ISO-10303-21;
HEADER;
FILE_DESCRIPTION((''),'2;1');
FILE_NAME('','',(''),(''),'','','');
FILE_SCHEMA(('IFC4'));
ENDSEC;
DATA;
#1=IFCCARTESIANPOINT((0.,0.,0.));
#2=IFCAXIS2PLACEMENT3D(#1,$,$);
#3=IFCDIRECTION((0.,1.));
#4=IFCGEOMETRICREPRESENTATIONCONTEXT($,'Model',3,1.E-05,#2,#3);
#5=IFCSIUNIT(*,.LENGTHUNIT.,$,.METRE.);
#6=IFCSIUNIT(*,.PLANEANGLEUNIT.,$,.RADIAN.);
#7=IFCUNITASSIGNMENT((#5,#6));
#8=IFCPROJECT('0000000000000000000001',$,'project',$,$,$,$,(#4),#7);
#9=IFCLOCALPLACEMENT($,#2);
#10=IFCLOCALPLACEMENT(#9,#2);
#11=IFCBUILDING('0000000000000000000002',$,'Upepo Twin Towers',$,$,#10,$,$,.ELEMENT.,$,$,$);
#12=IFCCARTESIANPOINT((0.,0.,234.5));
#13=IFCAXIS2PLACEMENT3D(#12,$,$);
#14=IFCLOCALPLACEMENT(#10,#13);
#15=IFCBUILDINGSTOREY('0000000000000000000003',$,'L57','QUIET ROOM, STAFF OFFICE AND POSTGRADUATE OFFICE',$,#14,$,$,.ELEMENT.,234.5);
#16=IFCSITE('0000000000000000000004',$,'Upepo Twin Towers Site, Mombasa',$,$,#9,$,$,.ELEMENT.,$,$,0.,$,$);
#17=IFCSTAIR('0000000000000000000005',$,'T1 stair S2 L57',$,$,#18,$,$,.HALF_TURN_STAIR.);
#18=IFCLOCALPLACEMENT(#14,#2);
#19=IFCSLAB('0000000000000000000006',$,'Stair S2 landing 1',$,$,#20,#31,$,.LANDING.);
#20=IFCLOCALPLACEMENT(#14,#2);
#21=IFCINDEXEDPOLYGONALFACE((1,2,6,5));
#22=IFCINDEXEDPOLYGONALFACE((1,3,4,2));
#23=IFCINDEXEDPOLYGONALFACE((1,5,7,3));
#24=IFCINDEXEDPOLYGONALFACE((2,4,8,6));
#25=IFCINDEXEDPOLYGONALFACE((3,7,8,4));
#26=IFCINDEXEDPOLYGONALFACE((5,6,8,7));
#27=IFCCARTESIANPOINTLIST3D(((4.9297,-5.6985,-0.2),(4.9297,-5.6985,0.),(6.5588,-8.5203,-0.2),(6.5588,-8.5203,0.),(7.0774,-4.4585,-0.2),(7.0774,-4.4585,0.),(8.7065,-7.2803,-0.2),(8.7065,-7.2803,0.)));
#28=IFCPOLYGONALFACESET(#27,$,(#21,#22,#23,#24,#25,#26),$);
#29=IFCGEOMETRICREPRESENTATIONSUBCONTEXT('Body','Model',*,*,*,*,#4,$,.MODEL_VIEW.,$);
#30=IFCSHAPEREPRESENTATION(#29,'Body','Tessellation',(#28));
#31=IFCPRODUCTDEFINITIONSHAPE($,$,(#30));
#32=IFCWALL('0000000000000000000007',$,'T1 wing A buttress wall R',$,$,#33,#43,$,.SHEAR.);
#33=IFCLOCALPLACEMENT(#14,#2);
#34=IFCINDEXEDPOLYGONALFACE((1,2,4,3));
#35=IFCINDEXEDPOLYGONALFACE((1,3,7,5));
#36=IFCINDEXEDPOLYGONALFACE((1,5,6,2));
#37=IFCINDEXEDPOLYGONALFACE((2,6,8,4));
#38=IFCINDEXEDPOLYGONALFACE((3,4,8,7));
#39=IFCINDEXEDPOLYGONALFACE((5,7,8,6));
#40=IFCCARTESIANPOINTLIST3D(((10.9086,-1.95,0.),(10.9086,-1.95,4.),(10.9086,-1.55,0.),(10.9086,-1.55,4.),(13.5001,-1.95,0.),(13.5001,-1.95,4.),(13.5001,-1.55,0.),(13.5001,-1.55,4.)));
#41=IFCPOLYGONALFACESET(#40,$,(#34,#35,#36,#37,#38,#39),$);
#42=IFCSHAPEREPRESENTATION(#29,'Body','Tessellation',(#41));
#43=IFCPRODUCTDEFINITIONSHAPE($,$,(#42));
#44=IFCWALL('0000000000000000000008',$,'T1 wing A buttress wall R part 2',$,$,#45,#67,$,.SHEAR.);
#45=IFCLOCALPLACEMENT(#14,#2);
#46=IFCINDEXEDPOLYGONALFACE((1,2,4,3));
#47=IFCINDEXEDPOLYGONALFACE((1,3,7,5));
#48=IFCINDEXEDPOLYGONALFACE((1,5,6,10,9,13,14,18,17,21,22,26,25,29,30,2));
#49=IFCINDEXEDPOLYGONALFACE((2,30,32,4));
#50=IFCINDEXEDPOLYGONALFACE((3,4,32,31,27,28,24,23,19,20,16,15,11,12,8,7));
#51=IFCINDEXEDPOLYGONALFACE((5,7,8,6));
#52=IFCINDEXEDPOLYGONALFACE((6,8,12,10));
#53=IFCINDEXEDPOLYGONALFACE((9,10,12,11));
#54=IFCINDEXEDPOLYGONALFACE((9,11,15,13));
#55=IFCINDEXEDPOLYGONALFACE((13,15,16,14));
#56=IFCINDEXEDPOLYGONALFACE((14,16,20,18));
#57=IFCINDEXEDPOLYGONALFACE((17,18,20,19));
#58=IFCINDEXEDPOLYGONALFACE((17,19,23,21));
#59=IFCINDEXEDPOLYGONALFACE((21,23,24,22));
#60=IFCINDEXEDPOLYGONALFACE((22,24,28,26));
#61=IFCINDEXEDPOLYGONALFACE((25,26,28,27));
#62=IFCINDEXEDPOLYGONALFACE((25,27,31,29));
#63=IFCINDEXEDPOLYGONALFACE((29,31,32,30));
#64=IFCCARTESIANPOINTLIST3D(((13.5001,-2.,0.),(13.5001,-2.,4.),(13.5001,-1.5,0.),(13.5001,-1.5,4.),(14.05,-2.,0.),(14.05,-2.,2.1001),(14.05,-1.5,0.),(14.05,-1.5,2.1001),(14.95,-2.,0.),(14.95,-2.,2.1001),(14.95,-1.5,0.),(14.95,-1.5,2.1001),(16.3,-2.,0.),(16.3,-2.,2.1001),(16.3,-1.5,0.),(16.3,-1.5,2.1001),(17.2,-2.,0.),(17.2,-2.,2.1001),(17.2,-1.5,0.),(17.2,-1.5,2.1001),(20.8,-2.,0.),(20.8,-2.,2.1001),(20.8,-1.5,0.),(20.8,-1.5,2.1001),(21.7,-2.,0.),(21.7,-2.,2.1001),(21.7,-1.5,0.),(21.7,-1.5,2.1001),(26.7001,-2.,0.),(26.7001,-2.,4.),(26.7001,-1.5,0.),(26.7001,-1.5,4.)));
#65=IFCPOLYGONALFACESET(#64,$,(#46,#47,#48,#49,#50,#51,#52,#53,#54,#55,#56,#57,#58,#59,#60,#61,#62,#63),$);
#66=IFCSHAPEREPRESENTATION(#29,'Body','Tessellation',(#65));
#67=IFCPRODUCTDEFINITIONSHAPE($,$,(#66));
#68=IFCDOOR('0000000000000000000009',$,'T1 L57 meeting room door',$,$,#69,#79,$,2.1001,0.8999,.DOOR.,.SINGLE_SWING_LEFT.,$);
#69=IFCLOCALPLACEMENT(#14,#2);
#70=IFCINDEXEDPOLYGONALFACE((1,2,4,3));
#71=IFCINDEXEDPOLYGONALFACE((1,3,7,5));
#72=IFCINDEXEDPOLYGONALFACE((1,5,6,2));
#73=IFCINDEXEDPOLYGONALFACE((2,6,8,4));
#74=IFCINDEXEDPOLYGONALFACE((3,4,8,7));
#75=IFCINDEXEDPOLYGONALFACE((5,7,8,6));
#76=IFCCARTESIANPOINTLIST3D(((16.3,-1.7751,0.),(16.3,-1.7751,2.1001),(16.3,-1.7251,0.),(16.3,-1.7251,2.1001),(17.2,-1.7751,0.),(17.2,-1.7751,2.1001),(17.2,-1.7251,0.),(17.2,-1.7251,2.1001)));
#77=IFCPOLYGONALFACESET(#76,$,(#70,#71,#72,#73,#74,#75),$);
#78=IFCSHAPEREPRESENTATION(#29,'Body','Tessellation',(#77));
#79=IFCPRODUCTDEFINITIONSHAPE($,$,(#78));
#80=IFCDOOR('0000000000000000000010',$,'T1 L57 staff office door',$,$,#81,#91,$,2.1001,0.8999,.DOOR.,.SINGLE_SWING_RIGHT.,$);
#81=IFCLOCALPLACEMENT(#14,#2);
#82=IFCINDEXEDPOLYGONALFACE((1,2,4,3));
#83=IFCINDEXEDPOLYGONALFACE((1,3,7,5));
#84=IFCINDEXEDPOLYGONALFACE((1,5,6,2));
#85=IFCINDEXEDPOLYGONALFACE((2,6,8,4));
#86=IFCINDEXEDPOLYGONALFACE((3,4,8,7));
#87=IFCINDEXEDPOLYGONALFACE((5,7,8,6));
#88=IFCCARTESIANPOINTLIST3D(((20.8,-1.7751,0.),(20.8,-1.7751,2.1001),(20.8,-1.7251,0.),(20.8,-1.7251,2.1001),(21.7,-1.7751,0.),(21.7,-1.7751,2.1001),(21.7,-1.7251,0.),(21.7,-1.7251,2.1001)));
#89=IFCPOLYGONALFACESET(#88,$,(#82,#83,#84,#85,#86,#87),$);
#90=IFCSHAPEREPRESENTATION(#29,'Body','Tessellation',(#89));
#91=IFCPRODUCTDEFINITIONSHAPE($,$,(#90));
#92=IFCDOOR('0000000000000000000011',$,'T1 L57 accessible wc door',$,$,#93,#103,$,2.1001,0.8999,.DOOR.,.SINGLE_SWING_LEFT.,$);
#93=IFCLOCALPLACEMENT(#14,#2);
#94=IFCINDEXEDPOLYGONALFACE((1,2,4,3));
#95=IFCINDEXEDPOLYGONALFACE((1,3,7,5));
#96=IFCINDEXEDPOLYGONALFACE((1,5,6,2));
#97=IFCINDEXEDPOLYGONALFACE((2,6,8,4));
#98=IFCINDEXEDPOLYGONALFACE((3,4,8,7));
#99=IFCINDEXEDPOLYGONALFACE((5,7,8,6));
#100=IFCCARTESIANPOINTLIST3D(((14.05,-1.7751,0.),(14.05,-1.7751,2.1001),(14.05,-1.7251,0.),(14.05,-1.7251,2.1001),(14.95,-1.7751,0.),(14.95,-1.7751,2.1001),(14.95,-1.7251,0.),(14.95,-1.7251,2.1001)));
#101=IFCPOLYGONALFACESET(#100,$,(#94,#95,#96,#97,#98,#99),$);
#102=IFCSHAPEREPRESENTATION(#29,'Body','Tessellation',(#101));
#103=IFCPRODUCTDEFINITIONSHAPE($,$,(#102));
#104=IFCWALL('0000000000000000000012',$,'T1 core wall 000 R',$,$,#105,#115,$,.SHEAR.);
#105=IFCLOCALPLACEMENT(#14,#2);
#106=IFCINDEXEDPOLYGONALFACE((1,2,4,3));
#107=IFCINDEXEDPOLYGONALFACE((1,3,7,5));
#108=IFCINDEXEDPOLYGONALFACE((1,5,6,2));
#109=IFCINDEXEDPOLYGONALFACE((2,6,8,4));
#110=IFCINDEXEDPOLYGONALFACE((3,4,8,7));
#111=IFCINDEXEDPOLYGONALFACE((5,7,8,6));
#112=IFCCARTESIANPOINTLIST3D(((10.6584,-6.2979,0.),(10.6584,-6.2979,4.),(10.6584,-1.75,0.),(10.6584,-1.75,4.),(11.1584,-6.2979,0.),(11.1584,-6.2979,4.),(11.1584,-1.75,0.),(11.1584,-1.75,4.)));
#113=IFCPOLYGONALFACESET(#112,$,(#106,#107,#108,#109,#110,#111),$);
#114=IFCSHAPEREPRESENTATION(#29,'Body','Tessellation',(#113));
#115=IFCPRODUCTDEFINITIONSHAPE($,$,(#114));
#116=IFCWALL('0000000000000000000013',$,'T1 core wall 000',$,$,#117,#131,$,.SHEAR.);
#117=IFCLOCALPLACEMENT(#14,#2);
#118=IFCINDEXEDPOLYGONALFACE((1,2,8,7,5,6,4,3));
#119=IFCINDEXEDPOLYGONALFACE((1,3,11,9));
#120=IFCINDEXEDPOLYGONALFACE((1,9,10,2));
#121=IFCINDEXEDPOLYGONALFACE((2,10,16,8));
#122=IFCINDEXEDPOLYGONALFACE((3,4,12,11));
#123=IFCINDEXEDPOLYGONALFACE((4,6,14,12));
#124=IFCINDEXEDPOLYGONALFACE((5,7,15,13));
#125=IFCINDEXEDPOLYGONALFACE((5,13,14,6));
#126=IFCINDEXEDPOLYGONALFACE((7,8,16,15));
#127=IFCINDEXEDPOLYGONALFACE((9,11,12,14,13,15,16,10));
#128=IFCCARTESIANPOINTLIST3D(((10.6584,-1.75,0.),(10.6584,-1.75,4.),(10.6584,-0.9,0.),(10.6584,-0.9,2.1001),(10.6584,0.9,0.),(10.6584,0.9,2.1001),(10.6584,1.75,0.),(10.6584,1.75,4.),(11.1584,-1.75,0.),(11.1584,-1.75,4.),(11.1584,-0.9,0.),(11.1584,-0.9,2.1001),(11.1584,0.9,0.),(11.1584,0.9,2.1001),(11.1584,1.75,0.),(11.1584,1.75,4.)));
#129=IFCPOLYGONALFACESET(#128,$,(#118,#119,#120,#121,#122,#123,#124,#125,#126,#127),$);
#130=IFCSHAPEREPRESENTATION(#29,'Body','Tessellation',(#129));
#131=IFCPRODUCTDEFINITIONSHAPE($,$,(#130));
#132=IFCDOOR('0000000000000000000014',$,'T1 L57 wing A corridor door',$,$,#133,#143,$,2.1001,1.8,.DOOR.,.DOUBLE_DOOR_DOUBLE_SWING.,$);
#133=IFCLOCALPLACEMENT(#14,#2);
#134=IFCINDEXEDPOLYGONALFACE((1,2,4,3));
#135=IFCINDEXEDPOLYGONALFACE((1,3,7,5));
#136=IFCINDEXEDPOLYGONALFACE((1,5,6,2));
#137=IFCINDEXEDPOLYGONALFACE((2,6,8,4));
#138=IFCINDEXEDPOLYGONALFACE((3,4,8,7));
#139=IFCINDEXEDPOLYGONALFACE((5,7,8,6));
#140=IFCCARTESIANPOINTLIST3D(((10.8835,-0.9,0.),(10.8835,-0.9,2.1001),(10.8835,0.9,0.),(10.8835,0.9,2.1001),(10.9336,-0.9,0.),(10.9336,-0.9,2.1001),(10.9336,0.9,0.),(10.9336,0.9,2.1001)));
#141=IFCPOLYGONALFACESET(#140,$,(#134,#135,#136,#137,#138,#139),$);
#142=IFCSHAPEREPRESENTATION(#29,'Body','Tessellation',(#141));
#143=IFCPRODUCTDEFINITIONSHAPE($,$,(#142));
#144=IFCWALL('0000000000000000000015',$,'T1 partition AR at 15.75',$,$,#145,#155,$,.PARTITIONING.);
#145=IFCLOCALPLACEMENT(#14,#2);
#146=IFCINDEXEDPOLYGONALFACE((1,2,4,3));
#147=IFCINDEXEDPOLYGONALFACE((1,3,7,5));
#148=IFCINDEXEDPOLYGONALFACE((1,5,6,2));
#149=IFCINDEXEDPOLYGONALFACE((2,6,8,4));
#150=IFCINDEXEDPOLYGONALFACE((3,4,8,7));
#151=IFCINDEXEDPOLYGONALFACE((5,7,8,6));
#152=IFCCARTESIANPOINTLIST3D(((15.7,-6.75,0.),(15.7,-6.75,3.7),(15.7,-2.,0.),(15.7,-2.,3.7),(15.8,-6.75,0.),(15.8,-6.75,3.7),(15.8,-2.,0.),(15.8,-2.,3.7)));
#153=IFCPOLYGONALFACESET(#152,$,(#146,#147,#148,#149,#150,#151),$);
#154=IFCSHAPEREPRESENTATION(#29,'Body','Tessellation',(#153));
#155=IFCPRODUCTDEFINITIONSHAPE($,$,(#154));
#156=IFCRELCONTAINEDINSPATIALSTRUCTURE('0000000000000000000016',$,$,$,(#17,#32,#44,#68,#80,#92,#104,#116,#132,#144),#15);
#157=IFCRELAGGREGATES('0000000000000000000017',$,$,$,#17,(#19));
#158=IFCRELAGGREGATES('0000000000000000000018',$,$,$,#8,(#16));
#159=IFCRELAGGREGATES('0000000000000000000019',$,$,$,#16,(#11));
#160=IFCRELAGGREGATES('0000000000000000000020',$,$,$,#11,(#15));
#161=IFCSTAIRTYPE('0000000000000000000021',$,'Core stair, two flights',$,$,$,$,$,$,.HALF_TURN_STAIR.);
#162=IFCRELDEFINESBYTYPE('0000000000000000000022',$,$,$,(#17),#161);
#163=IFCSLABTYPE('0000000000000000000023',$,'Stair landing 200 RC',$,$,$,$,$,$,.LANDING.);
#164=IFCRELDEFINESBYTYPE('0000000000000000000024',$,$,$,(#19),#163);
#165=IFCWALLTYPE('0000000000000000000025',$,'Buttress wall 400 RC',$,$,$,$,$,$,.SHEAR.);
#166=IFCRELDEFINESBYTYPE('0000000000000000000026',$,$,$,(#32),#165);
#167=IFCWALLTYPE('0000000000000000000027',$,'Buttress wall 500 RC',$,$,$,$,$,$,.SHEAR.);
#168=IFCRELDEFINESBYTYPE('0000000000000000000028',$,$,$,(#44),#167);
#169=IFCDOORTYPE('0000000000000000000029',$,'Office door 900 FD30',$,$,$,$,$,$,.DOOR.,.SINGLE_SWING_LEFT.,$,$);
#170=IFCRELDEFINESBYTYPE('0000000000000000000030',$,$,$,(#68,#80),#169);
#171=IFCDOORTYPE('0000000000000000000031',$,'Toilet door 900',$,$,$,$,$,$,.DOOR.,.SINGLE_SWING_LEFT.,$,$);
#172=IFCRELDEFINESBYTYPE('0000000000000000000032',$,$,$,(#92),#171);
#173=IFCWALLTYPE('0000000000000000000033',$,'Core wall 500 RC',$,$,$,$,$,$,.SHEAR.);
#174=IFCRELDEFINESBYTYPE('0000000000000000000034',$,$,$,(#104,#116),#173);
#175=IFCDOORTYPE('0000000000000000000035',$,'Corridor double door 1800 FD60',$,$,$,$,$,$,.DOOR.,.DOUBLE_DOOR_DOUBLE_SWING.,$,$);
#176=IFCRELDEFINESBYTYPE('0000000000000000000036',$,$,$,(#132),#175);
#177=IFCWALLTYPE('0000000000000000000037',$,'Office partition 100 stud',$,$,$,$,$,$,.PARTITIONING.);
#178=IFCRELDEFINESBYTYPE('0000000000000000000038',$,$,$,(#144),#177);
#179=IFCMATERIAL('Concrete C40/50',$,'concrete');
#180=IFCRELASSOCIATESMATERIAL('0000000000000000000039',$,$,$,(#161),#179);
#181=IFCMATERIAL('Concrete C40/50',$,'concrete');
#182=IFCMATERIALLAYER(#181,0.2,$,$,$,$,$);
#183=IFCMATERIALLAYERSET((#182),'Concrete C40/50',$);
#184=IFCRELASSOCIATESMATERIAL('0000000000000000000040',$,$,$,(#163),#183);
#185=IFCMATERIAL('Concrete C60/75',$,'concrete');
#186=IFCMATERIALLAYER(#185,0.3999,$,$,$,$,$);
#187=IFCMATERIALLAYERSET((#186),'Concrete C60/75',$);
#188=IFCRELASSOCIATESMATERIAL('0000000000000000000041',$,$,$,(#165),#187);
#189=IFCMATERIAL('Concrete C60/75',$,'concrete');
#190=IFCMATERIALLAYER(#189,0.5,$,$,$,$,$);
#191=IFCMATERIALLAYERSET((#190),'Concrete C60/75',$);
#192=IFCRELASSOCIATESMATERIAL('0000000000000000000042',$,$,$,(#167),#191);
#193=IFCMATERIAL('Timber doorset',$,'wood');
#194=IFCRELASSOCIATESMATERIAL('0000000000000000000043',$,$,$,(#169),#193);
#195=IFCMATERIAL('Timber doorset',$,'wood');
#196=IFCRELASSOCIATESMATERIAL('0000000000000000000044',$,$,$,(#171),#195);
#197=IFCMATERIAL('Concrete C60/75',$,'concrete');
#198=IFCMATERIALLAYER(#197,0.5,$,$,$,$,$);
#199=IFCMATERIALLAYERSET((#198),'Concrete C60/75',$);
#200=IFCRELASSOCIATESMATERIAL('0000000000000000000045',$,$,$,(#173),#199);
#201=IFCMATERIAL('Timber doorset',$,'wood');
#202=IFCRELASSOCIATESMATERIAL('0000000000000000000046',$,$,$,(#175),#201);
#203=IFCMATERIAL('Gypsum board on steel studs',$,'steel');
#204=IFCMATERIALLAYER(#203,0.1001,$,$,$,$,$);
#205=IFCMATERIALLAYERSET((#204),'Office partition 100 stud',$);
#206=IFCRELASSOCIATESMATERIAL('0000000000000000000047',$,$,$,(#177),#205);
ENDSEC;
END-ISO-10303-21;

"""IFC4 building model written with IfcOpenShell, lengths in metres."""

from ifc_helpers import new_model, si_unit, direction, frame, frame_2d, origin, place, context, subcontext, project, spatial, polyline, rectangle, outline, extrude, material, layer, layer_set, type_object, element, fill, aggregate, save


model = new_model("IFC4")

# Units and contexts
model_context = context("Model", 3, precision=1e-05, world=origin(), true_north=direction((0.0, 1.0)))
body_context = subcontext(model_context, "Body", "Model", "MODEL_VIEW")
ifc_project = project(units=[si_unit("LENGTHUNIT", "METRE"), si_unit("PLANEANGLEUNIT", "RADIAN")], contexts=[model_context])

# Site, building, storey
site_placement = place(None, origin())
site = spatial("IfcSite", under=ifc_project, at=site_placement, Name="Upepo Twin Towers Site, Mombasa", CompositionType="ELEMENT", RefElevation=0.0)
building_placement = place(site_placement, origin())
building = spatial("IfcBuilding", under=site, at=building_placement, Name="Upepo Twin Towers", CompositionType="ELEMENT")
storey_placement = place(building_placement, frame((0.0, 0.0, 234.5)))
storey = spatial("IfcBuildingStorey", under=building, at=storey_placement, Name="L57", Description="QUIET ROOM, STAFF OFFICE AND POSTGRADUATE OFFICE", CompositionType="ELEMENT", Elevation=234.5)

# Stair, slab
ifc_material_1 = material(Name="Concrete C40/50", Category="concrete")
stair_type = type_object("IfcStairType", Name="Core stair, two flights", PredefinedType="HALF_TURN_STAIR", material=ifc_material_1)
ifc_material_2 = material(Name="Concrete C40/50", Category="concrete")
ifc_layer_1 = layer(ifc_material_2, 0.2)
ifc_layer_set_1 = layer_set([ifc_layer_1], Name="Concrete C40/50")
slab_type = type_object("IfcSlabType", Name="Stair landing 200 RC", PredefinedType="LANDING", material=ifc_layer_set_1)
stair_1_placement = place(storey_placement, origin())
stair_1 = element("IfcStair", 1, at=stair_1_placement, inside=storey, type_object=stair_type, Name="T1 stair S2 L57", PredefinedType="HALF_TURN_STAIR")
slab_1_placement = place(storey_placement, frame((0.0, 0.0, -0.2)))
slab_1 = element("IfcSlab", 2, at=slab_1_placement, type_object=slab_type, Name="Stair S2 landing 1", PredefinedType="LANDING", context=body_context, shape_type="SweptSolid", body=[
    extrude(outline(polyline([(4.9297, -5.6985), (6.5588, -8.5203), (8.7065, -7.2803), (7.0774, -4.4585), (4.9297, -5.6985)])), origin(), (0.0, 0.0, 1.0), 0.2),
])

# Wall
ifc_material_3 = material(Name="Concrete C60/75", Category="concrete")
ifc_layer_2 = layer(ifc_material_3, 0.3999)
ifc_layer_set_2 = layer_set([ifc_layer_2], Name="Concrete C60/75")
wall_type_1 = type_object("IfcWallType", Name="Buttress wall 400 RC", PredefinedType="SHEAR", material=ifc_layer_set_2)
wall_1_placement = place(storey_placement, frame((10.9084, -1.75, 0.0), z_axis=(0.0, 0.0, 1.0), x_axis=(1.0, 0.0, 0.0)))
element("IfcWall", 3, at=wall_1_placement, inside=storey, type_object=wall_type_1, Name="T1 wing A buttress wall R", PredefinedType="SHEAR", context=body_context, shape_type="SweptSolid", body=[
    extrude(rectangle(XDim=2.5916, YDim=0.3999, at=frame_2d((1.2959, 0.0))), origin(), (0.0, 0.0, 1.0), 4.0),
])

# Wall, openings, doors
ifc_material_4 = material(Name="Concrete C60/75", Category="concrete")
ifc_layer_3 = layer(ifc_material_4, 0.5)
ifc_layer_set_3 = layer_set([ifc_layer_3], Name="Concrete C60/75")
wall_type_2 = type_object("IfcWallType", Name="Buttress wall 500 RC", PredefinedType="SHEAR", material=ifc_layer_set_3)
wall_2_placement = place(storey_placement, frame((13.5, -1.75, 0.0), z_axis=(0.0, 0.0, 1.0), x_axis=(1.0, 0.0, 0.0)))
wall_2 = element("IfcWall", 4, at=wall_2_placement, inside=storey, type_object=wall_type_2, Name="T1 wing A buttress wall R part 2", PredefinedType="SHEAR", context=body_context, shape_type="SweptSolid", body=[
    extrude(rectangle(XDim=13.2, YDim=0.5, at=frame_2d((6.6001, 0.0))), origin(), (0.0, 0.0, 1.0), 4.0),
])
opening_1_placement = place(wall_2_placement, frame((0.55, 0.0, 0.0)))
opening_1 = element("IfcOpeningElement", 5, at=opening_1_placement, cuts=wall_2, PredefinedType="OPENING", context=body_context, shape_type="SweptSolid", body=[
    extrude(rectangle(XDim=0.8999, YDim=2.1001, at=frame_2d((0.45, 1.05))), frame((0.0, 0.26, 0.0), z_axis=(0.0, -1.0, 0.0), x_axis=(1.0, 0.0, 0.0)), (0.0, 0.0, 1.0), 0.52),
])
opening_2_placement = place(wall_2_placement, frame((2.8, 0.0, 0.0)))
opening_2 = element("IfcOpeningElement", 6, at=opening_2_placement, cuts=wall_2, PredefinedType="OPENING", context=body_context, shape_type="SweptSolid", body=[
    extrude(rectangle(XDim=0.8999, YDim=2.1001, at=frame_2d((0.45, 1.05))), frame((0.0, 0.26, 0.0), z_axis=(0.0, -1.0, 0.0), x_axis=(1.0, 0.0, 0.0)), (0.0, 0.0, 1.0), 0.52),
])
opening_3_placement = place(wall_2_placement, frame((7.3, 0.0, 0.0)))
opening_3 = element("IfcOpeningElement", 7, at=opening_3_placement, cuts=wall_2, PredefinedType="OPENING", context=body_context, shape_type="SweptSolid", body=[
    extrude(rectangle(XDim=0.8999, YDim=2.1001, at=frame_2d((0.45, 1.05))), frame((0.0, 0.26, 0.0), z_axis=(0.0, -1.0, 0.0), x_axis=(1.0, 0.0, 0.0)), (0.0, 0.0, 1.0), 0.52),
])
ifc_material_5 = material(Name="Timber doorset", Category="wood")
door_type_1 = type_object("IfcDoorType", Name="Office door 900 FD30", OperationType="SINGLE_SWING_LEFT", PredefinedType="DOOR", material=ifc_material_5)
door_1_placement = place(opening_2_placement, origin())
door_1 = element("IfcDoor", 8, at=door_1_placement, inside=storey, type_object=door_type_1, Name="T1 L57 meeting room door", OperationType="SINGLE_SWING_LEFT", OverallHeight=2.1001, OverallWidth=0.8999, PredefinedType="DOOR", context=body_context, shape_type="SweptSolid", body=[
    extrude(rectangle(XDim=0.8999, YDim=2.1001, at=frame_2d((0.45, 1.05))), frame((0.0, 0.0249, 0.0), z_axis=(0.0, -1.0, 0.0), x_axis=(1.0, 0.0, 0.0)), (0.0, 0.0, 1.0), 0.05),
])
fill(opening_2, door_1)
door_2_placement = place(opening_3_placement, origin())
door_2 = element("IfcDoor", 9, at=door_2_placement, inside=storey, type_object=door_type_1, Name="T1 L57 staff office door", OperationType="SINGLE_SWING_RIGHT", OverallHeight=2.1001, OverallWidth=0.8999, PredefinedType="DOOR", context=body_context, shape_type="SweptSolid", body=[
    extrude(rectangle(XDim=0.8999, YDim=2.1001, at=frame_2d((0.45, 1.05))), frame((0.0, 0.0249, 0.0), z_axis=(0.0, -1.0, 0.0), x_axis=(1.0, 0.0, 0.0)), (0.0, 0.0, 1.0), 0.05),
])
fill(opening_3, door_2)
ifc_material_6 = material(Name="Timber doorset", Category="wood")
door_type_2 = type_object("IfcDoorType", Name="Toilet door 900", OperationType="SINGLE_SWING_LEFT", PredefinedType="DOOR", material=ifc_material_6)
door_3_placement = place(opening_1_placement, origin())
door_3 = element("IfcDoor", 10, at=door_3_placement, inside=storey, type_object=door_type_2, Name="T1 L57 accessible wc door", OperationType="SINGLE_SWING_LEFT", OverallHeight=2.1001, OverallWidth=0.8999, PredefinedType="DOOR", context=body_context, shape_type="SweptSolid", body=[
    extrude(rectangle(XDim=0.8999, YDim=2.1001, at=frame_2d((0.45, 1.05))), frame((0.0, 0.0249, 0.0), z_axis=(0.0, -1.0, 0.0), x_axis=(1.0, 0.0, 0.0)), (0.0, 0.0, 1.0), 0.05),
])
fill(opening_1, door_3)

# Wall
ifc_material_7 = material(Name="Concrete C60/75", Category="concrete")
ifc_layer_4 = layer(ifc_material_7, 0.5)
ifc_layer_set_4 = layer_set([ifc_layer_4], Name="Concrete C60/75")
wall_type_3 = type_object("IfcWallType", Name="Core wall 500 RC", PredefinedType="SHEAR", material=ifc_layer_set_4)
wall_3_placement = place(storey_placement, frame((10.9084, -6.2979, 0.0), z_axis=(0.0, 0.0, 1.0), x_axis=(0.0, 1.0, 0.0)))
element("IfcWall", 11, at=wall_3_placement, inside=storey, type_object=wall_type_3, Name="T1 core wall 000 R", PredefinedType="SHEAR", context=body_context, shape_type="SweptSolid", body=[
    extrude(rectangle(XDim=4.5479, YDim=0.5, at=frame_2d((2.2739, 0.0))), origin(), (0.0, 0.0, 1.0), 4.0),
])

# Wall, opening, door
wall_4_placement = place(storey_placement, frame((10.9084, -1.75, 0.0), z_axis=(0.0, 0.0, 1.0), x_axis=(0.0, 1.0, 0.0)))
wall_4 = element("IfcWall", 12, at=wall_4_placement, inside=storey, type_object=wall_type_3, Name="T1 core wall 000", PredefinedType="SHEAR", context=body_context, shape_type="SweptSolid", body=[
    extrude(rectangle(XDim=3.5, YDim=0.5, at=frame_2d((1.75, 0.0))), origin(), (0.0, 0.0, 1.0), 4.0),
])
opening_4_placement = place(wall_4_placement, frame((0.8501, 0.0, 0.0)))
opening_4 = element("IfcOpeningElement", 13, at=opening_4_placement, cuts=wall_4, PredefinedType="OPENING", context=body_context, shape_type="SweptSolid", body=[
    extrude(rectangle(XDim=1.8, YDim=2.1001, at=frame_2d((0.8999, 1.05))), frame((0.0, 0.26, 0.0), z_axis=(0.0, -1.0, 0.0), x_axis=(1.0, 0.0, 0.0)), (0.0, 0.0, 1.0), 0.52),
])
ifc_material_8 = material(Name="Timber doorset", Category="wood")
door_type_3 = type_object("IfcDoorType", Name="Corridor double door 1800 FD60", OperationType="DOUBLE_DOOR_DOUBLE_SWING", PredefinedType="DOOR", material=ifc_material_8)
door_4_placement = place(opening_4_placement, origin())
door_4 = element("IfcDoor", 14, at=door_4_placement, inside=storey, type_object=door_type_3, Name="T1 L57 wing A corridor door", OperationType="DOUBLE_DOOR_DOUBLE_SWING", OverallHeight=2.1001, OverallWidth=1.8, PredefinedType="DOOR", context=body_context, shape_type="SweptSolid", body=[
    extrude(rectangle(XDim=1.8, YDim=2.1001, at=frame_2d((0.8999, 1.05))), frame((0.0, 0.0249, 0.0), z_axis=(0.0, -1.0, 0.0), x_axis=(1.0, 0.0, 0.0)), (0.0, 0.0, 1.0), 0.05),
])
fill(opening_4, door_4)

# Wall
ifc_material_9 = material(Name="Gypsum board on steel studs", Category="steel")
ifc_layer_5 = layer(ifc_material_9, 0.1001)
ifc_layer_set_5 = layer_set([ifc_layer_5], Name="Office partition 100 stud")
wall_type_4 = type_object("IfcWallType", Name="Office partition 100 stud", PredefinedType="PARTITIONING", material=ifc_layer_set_5)
wall_5_placement = place(storey_placement, frame((15.75, -2.0, 0.0), z_axis=(0.0, 0.0, 1.0), x_axis=(0.0, -1.0, 0.0)))
element("IfcWall", 15, at=wall_5_placement, inside=storey, type_object=wall_type_4, Name="T1 partition AR at 15.75", PredefinedType="PARTITIONING", context=body_context, shape_type="SweptSolid", body=[
    extrude(rectangle(XDim=4.75, YDim=0.1001, at=frame_2d((2.375, 0.0))), origin(), (0.0, 0.0, 1.0), 3.7),
])

aggregate(stair_1, [slab_1])

save(model, "model.ifc")
